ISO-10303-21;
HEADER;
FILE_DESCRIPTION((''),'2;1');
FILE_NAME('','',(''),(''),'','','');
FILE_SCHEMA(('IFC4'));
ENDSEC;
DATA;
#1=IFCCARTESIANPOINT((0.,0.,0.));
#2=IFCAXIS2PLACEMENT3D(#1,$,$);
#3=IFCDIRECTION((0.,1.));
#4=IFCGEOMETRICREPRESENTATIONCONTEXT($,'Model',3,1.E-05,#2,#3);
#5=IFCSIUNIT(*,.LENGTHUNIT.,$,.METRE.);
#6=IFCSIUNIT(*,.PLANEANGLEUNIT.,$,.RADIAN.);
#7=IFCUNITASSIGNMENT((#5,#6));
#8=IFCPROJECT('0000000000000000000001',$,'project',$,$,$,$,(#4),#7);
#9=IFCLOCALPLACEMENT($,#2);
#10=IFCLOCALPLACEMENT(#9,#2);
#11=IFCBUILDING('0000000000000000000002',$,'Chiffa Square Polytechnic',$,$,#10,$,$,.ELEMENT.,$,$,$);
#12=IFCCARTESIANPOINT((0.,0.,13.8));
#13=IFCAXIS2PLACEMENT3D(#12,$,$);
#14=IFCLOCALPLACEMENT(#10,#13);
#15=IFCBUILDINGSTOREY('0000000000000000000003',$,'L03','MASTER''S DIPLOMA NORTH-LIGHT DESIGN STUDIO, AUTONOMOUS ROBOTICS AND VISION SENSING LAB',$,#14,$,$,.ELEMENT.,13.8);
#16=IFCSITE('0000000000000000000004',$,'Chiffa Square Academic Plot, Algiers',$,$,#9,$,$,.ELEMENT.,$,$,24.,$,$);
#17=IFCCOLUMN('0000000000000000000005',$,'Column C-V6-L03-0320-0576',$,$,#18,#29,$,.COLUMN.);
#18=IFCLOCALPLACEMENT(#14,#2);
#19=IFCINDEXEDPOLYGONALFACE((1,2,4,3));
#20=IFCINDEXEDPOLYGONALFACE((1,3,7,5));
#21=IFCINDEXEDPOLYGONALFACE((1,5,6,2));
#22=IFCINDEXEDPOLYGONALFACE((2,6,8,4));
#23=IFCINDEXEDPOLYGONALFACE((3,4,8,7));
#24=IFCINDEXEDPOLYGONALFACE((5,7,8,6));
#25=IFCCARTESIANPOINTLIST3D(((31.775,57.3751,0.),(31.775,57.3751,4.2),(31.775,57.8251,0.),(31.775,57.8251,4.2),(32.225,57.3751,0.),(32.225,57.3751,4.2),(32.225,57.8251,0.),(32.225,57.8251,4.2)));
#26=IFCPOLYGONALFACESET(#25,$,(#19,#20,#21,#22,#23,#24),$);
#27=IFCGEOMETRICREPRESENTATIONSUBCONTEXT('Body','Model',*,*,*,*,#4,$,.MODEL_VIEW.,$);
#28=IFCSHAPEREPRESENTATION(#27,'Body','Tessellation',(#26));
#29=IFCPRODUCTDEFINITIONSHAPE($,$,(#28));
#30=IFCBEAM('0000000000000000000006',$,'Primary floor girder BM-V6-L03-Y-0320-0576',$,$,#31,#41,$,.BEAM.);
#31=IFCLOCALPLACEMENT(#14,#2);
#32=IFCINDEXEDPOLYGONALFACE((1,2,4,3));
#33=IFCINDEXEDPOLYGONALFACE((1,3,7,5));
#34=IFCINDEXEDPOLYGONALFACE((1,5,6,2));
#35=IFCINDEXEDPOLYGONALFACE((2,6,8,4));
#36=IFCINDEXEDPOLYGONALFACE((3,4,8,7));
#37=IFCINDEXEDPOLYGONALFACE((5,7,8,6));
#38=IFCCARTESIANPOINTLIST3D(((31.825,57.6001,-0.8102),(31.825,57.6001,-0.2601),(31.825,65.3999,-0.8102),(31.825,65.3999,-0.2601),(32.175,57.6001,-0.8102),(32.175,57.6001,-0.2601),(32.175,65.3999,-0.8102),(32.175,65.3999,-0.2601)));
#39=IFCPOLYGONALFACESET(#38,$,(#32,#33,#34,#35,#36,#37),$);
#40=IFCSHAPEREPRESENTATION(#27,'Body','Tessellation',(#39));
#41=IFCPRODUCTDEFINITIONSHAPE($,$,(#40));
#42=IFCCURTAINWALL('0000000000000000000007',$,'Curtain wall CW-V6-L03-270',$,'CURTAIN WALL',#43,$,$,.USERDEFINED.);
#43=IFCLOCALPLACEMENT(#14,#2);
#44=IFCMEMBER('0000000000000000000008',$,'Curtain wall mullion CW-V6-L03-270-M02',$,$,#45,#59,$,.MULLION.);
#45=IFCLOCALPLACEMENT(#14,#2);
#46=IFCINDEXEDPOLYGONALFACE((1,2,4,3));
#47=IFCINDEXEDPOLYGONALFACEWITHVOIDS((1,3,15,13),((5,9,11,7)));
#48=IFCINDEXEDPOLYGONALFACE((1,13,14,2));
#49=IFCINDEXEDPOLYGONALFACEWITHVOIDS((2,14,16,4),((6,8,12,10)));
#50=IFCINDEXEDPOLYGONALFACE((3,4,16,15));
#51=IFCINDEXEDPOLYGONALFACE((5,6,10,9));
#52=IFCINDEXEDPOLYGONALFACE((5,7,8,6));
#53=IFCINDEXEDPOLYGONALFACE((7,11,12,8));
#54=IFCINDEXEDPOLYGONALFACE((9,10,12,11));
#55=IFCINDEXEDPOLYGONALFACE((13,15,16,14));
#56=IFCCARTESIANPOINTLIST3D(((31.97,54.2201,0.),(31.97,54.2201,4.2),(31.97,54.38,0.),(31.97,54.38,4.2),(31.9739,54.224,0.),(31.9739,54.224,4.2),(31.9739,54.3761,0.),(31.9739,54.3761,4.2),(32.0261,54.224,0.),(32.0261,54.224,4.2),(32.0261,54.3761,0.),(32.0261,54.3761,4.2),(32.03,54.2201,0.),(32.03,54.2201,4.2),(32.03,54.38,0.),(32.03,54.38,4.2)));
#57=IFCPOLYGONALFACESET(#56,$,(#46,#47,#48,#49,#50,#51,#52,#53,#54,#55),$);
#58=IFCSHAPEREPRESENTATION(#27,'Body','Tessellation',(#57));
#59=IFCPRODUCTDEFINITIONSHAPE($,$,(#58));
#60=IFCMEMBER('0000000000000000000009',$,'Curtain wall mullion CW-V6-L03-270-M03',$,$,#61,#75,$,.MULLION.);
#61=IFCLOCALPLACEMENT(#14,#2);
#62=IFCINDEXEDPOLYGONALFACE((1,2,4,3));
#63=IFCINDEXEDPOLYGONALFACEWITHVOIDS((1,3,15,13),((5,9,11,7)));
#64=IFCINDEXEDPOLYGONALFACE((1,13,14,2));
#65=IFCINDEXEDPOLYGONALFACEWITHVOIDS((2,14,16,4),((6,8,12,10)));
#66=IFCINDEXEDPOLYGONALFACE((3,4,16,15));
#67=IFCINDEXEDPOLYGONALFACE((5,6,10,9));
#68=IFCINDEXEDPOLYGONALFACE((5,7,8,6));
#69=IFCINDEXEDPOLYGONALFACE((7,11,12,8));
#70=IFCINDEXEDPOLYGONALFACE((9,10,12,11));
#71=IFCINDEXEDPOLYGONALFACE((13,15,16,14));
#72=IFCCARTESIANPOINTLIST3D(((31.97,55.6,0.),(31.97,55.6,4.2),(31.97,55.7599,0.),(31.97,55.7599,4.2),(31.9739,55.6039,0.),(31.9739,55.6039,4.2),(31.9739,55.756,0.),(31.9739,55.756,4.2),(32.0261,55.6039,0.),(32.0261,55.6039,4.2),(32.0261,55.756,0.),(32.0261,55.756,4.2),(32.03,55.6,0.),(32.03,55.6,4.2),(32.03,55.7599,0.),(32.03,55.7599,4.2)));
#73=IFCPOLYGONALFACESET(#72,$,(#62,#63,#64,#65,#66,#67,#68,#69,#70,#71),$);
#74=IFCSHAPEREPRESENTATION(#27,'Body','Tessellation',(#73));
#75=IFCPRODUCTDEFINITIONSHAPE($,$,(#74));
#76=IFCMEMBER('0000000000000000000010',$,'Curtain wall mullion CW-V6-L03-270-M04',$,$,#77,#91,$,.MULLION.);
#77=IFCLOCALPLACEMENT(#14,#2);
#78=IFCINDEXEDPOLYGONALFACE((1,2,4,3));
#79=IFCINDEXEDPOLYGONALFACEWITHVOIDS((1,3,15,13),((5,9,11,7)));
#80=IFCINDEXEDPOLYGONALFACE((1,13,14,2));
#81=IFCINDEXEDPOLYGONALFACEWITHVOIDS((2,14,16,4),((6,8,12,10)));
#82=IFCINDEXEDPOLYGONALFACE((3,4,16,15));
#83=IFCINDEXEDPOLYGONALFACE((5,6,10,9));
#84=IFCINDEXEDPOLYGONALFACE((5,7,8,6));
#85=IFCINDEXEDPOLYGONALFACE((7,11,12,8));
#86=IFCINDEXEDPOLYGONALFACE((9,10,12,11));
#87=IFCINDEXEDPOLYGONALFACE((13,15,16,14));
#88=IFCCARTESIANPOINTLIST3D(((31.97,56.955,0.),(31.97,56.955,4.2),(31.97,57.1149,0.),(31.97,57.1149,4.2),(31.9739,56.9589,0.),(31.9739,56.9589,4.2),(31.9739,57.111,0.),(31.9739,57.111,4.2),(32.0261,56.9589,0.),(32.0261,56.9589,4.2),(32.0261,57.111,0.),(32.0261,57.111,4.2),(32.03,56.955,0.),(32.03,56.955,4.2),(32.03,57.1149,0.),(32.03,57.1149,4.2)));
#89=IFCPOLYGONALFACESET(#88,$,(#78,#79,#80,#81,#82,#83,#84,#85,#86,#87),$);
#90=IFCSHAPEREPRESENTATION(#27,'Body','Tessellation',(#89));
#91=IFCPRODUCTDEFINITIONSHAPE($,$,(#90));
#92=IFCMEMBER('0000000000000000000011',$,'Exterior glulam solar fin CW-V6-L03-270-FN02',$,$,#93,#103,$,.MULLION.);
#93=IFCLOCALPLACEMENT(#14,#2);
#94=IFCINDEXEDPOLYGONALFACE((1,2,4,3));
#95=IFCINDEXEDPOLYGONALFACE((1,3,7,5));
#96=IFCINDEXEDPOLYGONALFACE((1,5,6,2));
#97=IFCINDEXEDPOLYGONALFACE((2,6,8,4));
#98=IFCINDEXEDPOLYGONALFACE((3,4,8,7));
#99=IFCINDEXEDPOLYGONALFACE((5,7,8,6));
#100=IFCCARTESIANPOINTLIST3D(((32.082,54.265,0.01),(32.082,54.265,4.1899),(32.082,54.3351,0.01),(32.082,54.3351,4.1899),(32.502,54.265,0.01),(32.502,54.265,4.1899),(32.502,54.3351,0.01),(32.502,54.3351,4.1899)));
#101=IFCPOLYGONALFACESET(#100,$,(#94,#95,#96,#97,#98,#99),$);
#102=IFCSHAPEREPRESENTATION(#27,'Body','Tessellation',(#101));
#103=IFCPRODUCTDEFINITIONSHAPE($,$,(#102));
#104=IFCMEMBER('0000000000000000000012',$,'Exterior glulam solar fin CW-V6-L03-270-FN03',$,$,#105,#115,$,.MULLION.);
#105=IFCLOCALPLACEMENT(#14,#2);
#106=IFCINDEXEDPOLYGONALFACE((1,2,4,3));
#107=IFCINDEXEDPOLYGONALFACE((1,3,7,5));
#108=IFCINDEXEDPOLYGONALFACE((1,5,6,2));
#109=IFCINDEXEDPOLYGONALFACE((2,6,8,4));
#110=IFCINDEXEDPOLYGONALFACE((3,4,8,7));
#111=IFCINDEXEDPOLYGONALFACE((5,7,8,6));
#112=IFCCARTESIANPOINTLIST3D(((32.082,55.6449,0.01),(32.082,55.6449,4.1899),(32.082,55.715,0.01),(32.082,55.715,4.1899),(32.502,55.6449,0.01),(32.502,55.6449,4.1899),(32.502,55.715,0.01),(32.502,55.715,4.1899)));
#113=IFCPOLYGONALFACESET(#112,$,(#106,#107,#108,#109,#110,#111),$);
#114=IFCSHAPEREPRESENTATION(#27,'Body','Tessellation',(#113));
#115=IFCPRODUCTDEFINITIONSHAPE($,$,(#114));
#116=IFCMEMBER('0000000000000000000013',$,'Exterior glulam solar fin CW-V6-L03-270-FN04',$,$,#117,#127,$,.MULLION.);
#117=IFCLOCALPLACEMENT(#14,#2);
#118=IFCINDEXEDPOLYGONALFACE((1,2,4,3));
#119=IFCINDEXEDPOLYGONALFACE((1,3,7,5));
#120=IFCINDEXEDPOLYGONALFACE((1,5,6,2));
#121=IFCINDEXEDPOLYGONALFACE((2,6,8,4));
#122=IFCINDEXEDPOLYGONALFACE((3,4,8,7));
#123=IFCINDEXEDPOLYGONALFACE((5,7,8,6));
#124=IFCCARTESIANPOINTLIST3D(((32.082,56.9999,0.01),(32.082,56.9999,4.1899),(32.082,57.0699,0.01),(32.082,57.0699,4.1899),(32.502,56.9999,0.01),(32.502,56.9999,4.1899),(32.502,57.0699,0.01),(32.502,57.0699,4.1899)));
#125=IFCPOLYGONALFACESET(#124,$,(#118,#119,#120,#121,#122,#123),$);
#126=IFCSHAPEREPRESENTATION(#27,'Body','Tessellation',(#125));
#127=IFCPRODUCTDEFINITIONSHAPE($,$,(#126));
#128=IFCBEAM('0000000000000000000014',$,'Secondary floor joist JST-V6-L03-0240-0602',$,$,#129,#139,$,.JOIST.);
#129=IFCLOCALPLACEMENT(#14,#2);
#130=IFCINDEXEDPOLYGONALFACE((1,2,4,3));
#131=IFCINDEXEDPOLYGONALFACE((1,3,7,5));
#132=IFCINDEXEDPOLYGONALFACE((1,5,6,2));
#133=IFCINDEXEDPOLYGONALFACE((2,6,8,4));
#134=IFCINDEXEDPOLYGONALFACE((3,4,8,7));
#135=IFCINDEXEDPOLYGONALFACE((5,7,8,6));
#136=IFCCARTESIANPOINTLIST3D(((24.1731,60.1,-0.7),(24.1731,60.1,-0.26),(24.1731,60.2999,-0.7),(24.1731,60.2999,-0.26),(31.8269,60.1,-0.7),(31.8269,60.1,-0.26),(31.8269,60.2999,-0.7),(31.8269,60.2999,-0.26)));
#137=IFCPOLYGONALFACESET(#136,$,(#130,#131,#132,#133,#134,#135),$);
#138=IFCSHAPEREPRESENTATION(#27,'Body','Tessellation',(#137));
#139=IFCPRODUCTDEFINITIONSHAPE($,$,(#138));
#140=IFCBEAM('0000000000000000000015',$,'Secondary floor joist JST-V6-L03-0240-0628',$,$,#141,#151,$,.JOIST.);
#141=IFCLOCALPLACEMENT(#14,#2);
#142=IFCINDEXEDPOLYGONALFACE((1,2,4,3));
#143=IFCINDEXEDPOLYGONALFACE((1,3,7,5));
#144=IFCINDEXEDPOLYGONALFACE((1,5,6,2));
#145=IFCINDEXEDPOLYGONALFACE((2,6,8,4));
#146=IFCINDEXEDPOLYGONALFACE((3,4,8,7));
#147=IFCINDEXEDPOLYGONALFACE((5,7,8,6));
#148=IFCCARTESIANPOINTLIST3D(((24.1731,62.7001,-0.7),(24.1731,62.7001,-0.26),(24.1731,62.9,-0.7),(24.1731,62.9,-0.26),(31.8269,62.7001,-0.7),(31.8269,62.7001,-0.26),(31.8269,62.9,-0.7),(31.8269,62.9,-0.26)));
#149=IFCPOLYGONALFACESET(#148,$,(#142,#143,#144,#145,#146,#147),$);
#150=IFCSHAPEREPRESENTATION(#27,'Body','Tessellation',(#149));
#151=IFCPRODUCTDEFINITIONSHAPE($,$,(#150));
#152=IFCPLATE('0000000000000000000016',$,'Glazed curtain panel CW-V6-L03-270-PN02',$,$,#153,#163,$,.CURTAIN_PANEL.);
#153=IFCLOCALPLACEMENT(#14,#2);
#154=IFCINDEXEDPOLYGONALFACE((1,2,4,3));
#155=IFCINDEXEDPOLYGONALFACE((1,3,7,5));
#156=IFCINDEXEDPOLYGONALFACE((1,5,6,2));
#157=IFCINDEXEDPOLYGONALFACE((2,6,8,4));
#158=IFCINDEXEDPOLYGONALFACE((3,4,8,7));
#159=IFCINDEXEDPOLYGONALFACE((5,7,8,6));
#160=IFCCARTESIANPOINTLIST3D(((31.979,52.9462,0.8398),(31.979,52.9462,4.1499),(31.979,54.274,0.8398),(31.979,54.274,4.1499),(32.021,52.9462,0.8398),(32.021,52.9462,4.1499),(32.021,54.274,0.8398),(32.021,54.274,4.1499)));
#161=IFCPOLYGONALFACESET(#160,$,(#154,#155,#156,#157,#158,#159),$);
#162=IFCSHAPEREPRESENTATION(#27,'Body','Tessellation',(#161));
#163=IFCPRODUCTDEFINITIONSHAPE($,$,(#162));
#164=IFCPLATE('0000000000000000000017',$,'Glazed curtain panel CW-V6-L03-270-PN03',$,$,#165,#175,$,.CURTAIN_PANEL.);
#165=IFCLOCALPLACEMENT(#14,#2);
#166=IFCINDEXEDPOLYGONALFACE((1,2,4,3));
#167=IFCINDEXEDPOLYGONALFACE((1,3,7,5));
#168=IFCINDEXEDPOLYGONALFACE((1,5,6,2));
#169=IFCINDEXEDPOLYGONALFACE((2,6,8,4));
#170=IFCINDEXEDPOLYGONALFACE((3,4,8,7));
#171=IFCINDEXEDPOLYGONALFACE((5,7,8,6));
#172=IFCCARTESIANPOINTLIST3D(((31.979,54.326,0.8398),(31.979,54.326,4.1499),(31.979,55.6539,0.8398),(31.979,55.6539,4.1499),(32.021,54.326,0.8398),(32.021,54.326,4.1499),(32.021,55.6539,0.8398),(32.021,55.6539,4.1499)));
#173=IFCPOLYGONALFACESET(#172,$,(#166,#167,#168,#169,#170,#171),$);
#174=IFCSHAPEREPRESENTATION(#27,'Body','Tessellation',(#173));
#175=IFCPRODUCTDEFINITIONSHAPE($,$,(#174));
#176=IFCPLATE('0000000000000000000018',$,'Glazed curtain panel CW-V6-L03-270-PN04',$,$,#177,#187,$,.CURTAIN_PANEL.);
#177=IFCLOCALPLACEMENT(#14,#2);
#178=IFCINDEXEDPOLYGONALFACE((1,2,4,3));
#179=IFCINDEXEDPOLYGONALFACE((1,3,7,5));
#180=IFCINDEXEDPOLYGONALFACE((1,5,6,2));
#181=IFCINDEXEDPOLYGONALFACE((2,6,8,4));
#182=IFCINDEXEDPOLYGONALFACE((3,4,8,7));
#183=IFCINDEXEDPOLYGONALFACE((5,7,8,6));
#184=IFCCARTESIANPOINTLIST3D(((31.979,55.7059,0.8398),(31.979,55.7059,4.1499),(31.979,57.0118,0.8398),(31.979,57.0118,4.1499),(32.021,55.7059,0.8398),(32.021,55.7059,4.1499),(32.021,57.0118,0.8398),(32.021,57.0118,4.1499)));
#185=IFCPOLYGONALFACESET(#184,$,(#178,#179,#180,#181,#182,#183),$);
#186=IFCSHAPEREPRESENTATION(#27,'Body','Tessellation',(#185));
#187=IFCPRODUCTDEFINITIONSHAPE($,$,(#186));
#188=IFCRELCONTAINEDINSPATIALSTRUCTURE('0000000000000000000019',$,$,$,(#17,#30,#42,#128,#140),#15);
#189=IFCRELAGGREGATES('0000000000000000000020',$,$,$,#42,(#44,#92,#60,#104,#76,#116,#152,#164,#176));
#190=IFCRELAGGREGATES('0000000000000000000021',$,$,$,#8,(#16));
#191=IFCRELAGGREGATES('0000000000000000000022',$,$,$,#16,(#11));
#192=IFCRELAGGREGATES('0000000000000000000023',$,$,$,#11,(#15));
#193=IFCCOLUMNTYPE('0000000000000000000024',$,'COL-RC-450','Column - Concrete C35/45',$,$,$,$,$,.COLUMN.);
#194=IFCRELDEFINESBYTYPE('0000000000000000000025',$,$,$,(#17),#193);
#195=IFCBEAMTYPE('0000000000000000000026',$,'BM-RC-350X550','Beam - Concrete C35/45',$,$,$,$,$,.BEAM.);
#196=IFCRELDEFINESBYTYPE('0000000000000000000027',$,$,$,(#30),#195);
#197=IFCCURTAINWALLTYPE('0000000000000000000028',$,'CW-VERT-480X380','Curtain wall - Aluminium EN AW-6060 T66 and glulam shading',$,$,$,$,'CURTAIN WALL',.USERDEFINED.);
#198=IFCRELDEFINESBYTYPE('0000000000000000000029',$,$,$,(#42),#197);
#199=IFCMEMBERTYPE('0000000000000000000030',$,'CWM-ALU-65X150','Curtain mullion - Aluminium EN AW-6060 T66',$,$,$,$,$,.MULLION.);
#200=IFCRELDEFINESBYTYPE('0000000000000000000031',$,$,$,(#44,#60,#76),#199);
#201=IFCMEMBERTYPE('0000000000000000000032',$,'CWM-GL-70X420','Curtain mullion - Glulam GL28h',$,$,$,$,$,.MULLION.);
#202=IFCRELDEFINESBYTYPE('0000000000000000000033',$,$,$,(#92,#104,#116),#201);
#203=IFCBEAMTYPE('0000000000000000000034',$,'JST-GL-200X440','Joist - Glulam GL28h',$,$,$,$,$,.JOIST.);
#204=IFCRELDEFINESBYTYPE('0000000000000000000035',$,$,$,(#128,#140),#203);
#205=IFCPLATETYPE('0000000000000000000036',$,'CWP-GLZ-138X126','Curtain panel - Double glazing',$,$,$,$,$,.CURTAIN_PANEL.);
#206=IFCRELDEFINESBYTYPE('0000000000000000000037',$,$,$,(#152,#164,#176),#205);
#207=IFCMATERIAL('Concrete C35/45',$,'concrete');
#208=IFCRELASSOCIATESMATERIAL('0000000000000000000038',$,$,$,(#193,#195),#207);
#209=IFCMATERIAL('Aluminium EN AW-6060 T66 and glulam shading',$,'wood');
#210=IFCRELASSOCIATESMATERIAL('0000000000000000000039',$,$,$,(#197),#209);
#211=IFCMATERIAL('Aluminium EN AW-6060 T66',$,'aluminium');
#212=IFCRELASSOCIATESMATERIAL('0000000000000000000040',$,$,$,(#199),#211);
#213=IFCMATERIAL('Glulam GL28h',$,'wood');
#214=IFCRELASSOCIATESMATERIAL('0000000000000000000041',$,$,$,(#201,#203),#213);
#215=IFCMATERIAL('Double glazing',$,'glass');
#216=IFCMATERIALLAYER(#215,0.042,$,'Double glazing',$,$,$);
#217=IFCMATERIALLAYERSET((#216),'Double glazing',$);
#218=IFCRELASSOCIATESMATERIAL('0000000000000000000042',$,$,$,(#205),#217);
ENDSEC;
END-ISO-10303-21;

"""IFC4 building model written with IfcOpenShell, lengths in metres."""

from ifc_helpers import new_model, si_unit, direction, frame, origin, origin_2d, place, context, subcontext, project, spatial, rectangle, hollow_rectangle, extrude, material, layer, layer_set, material_profile, profile_set, type_object, element, aggregate, save


model = new_model("IFC4")

# Units and contexts
model_context = context("Model", 3, precision=1e-05, world=origin(), true_north=direction((0.0, 1.0)))
body_context = subcontext(model_context, "Body", "Model", "MODEL_VIEW")
ifc_project = project(units=[si_unit("LENGTHUNIT", "METRE"), si_unit("PLANEANGLEUNIT", "RADIAN")], contexts=[model_context])

# Site, building, storey
site_placement = place(None, origin())
site = spatial("IfcSite", under=ifc_project, at=site_placement, Name="Chiffa Square Academic Plot, Algiers", CompositionType="ELEMENT", RefElevation=24.0)
building_placement = place(site_placement, origin())
building = spatial("IfcBuilding", under=site, at=building_placement, Name="Chiffa Square Polytechnic", CompositionType="ELEMENT")
storey_placement = place(building_placement, frame((0.0, 0.0, 13.8)))
storey = spatial("IfcBuildingStorey", under=building, at=storey_placement, Name="L03", Description="MASTER'S DIPLOMA NORTH-LIGHT DESIGN STUDIO, AUTONOMOUS ROBOTICS AND VISION SENSING LAB", CompositionType="ELEMENT", Elevation=13.8)

# Column
ifc_material_1 = material(Name="Concrete C35/45", Category="concrete")
ifc_material_profile_1 = material_profile(ifc_material_1, rectangle(XDim=0.45, YDim=0.45, at=origin_2d()), Name="RC 450x450")
ifc_profile_set_1 = profile_set([ifc_material_profile_1], Name="Concrete C35/45")
column_type = type_object("IfcColumnType", Name="COL-RC-450", Description="Column - Concrete C35/45", PredefinedType="COLUMN", material=ifc_profile_set_1)
column_placement = place(storey_placement, frame((32.0, 57.6001, 0.0), z_axis=(0.0, 0.0, 1.0), x_axis=(1.0, 0.0, 0.0)))
element("IfcColumn", 1, at=column_placement, inside=storey, type_object=column_type, Name="Column C-V6-L03-0320-0576", PredefinedType="COLUMN", context=body_context, shape_type="SweptSolid", body=[
    extrude(rectangle(XDim=0.45, YDim=0.45, at=origin_2d()), origin(), (0.0, 0.0, 1.0), 4.2),
])

# Beam
ifc_material_profile_2 = material_profile(ifc_material_1, rectangle(XDim=0.3501, YDim=0.55, at=origin_2d()), Name="RC 350x550")
ifc_profile_set_2 = profile_set([ifc_material_profile_2], Name="Concrete C35/45")
beam_type_1 = type_object("IfcBeamType", Name="BM-RC-350X550", Description="Beam - Concrete C35/45", PredefinedType="BEAM", material=ifc_profile_set_2)
beam_placement = place(storey_placement, frame((32.0, 57.6001, -0.5352), z_axis=(0.0, 1.0, 0.0), x_axis=(-1.0, 0.0, 0.0)))
element("IfcBeam", 2, at=beam_placement, inside=storey, type_object=beam_type_1, Name="Primary floor girder BM-V6-L03-Y-0320-0576", PredefinedType="BEAM", context=body_context, shape_type="SweptSolid", body=[
    extrude(rectangle(XDim=0.3501, YDim=0.55, at=origin_2d()), origin(), (0.0, 0.0, 1.0), 7.7998),
])

# Curtain wall, members
ifc_material_2 = material(Name="Aluminium EN AW-6060 T66 and glulam shading", Category="wood")
curtain_wall_type = type_object("IfcCurtainWallType", Name="CW-VERT-480X380", Description="Curtain wall - Aluminium EN AW-6060 T66 and glulam shading", ElementType="CURTAIN WALL", PredefinedType="USERDEFINED", material=ifc_material_2)
curtain_wall_placement = place(storey_placement, origin())
curtain_wall = element("IfcCurtainWall", 3, at=curtain_wall_placement, inside=storey, type_object=curtain_wall_type, Name="Curtain wall CW-V6-L03-270", ObjectType="CURTAIN WALL", PredefinedType="USERDEFINED")
ifc_material_3 = material(Name="Aluminium EN AW-6060 T66", Category="aluminium")
ifc_material_profile_3 = material_profile(ifc_material_3, hollow_rectangle(XDim=0.0601, YDim=0.1599, WallThickness=0.0039, at=origin_2d()), Name="ALU 60x160x4")
ifc_profile_set_3 = profile_set([ifc_material_profile_3], Name="Aluminium EN AW-6060 T66")
member_type_1 = type_object("IfcMemberType", Name="CWM-ALU-65X150", Description="Curtain mullion - Aluminium EN AW-6060 T66", PredefinedType="MULLION", material=ifc_profile_set_3)
member_1_placement = place(storey_placement, frame((32.0, 54.3, 0.0), z_axis=(0.0, 0.0, 1.0), x_axis=(1.0, 0.0, 0.0)))
member_1 = element("IfcMember", 4, at=member_1_placement, type_object=member_type_1, Name="Curtain wall mullion CW-V6-L03-270-M02", PredefinedType="MULLION", context=body_context, shape_type="SweptSolid", body=[
    extrude(hollow_rectangle(XDim=0.0601, YDim=0.1599, WallThickness=0.0039, at=origin_2d()), origin(), (0.0, 0.0, 1.0), 4.2),
])
member_2_placement = place(storey_placement, frame((32.0, 55.6799, 0.0), z_axis=(0.0, 0.0, 1.0), x_axis=(1.0, 0.0, 0.0)))
member_2 = element("IfcMember", 5, at=member_2_placement, type_object=member_type_1, Name="Curtain wall mullion CW-V6-L03-270-M03", PredefinedType="MULLION", context=body_context, shape_type="SweptSolid", body=[
    extrude(hollow_rectangle(XDim=0.0601, YDim=0.1599, WallThickness=0.0039, at=origin_2d()), origin(), (0.0, 0.0, 1.0), 4.2),
])
member_3_placement = place(storey_placement, frame((32.0, 57.0349, 0.0), z_axis=(0.0, 0.0, 1.0), x_axis=(1.0, 0.0, 0.0)))
member_3 = element("IfcMember", 6, at=member_3_placement, type_object=member_type_1, Name="Curtain wall mullion CW-V6-L03-270-M04", PredefinedType="MULLION", context=body_context, shape_type="SweptSolid", body=[
    extrude(hollow_rectangle(XDim=0.0601, YDim=0.1599, WallThickness=0.0039, at=origin_2d()), origin(), (0.0, 0.0, 1.0), 4.2),
])
ifc_material_4 = material(Name="Glulam GL28h", Category="wood")
ifc_material_profile_4 = material_profile(ifc_material_4, rectangle(XDim=0.0701, YDim=0.4199, at=origin_2d()), Name="GL28h 70x420")
ifc_profile_set_4 = profile_set([ifc_material_profile_4], Name="Glulam GL28h")
member_type_2 = type_object("IfcMemberType", Name="CWM-GL-70X420", Description="Curtain mullion - Glulam GL28h", PredefinedType="MULLION", material=ifc_profile_set_4)
member_4_placement = place(storey_placement, frame((32.292, 54.3, 0.01), z_axis=(0.0, 0.0, 1.0), x_axis=(0.0, 1.0, 0.0)))
member_4 = element("IfcMember", 7, at=member_4_placement, type_object=member_type_2, Name="Exterior glulam solar fin CW-V6-L03-270-FN02", PredefinedType="MULLION", context=body_context, shape_type="SweptSolid", body=[
    extrude(rectangle(XDim=0.0701, YDim=0.4199, at=origin_2d()), origin(), (0.0, 0.0, 1.0), 4.1799),
])
member_5_placement = place(storey_placement, frame((32.292, 55.6799, 0.01), z_axis=(0.0, 0.0, 1.0), x_axis=(0.0, 1.0, 0.0)))
member_5 = element("IfcMember", 8, at=member_5_placement, type_object=member_type_2, Name="Exterior glulam solar fin CW-V6-L03-270-FN03", PredefinedType="MULLION", context=body_context, shape_type="SweptSolid", body=[
    extrude(rectangle(XDim=0.0701, YDim=0.4199, at=origin_2d()), origin(), (0.0, 0.0, 1.0), 4.1799),
])
member_6_placement = place(storey_placement, frame((32.292, 57.0349, 0.01), z_axis=(0.0, 0.0, 1.0), x_axis=(0.0, 1.0, 0.0)))
member_6 = element("IfcMember", 9, at=member_6_placement, type_object=member_type_2, Name="Exterior glulam solar fin CW-V6-L03-270-FN04", PredefinedType="MULLION", context=body_context, shape_type="SweptSolid", body=[
    extrude(rectangle(XDim=0.0701, YDim=0.4199, at=origin_2d()), origin(), (0.0, 0.0, 1.0), 4.1799),
])

# Beams
ifc_material_profile_5 = material_profile(ifc_material_4, rectangle(XDim=0.2, YDim=0.4399, at=origin_2d()), Name="GL28h 200x440")
ifc_profile_set_5 = profile_set([ifc_material_profile_5], Name="Glulam GL28h")
beam_type_2 = type_object("IfcBeamType", Name="JST-GL-200X440", Description="Joist - Glulam GL28h", PredefinedType="JOIST", material=ifc_profile_set_5)
for number, where, z_axis, x_axis, name in (
    (10, (24.1731, 60.2, -0.48), (1.0, 0.0, 0.0), (0.0, 1.0, 0.0), "Secondary floor joist JST-V6-L03-0240-0602"),
    (11, (24.1731, 62.8, -0.48), (1.0, 0.0, 0.0), (0.0, 1.0, 0.0), "Secondary floor joist JST-V6-L03-0240-0628"),
):
    element("IfcBeam", number, at=place(storey_placement, frame(where, z_axis=z_axis, x_axis=x_axis)), inside=storey, type_object=beam_type_2, Name=name, PredefinedType="JOIST", context=body_context, shape_type="SweptSolid", body=[
        extrude(rectangle(XDim=0.2, YDim=0.4399, at=origin_2d()), origin(), (0.0, 0.0, 1.0), 7.6538),
    ])

# Plates
ifc_material_5 = material(Name="Double glazing", Category="glass")
ifc_layer_1 = layer(ifc_material_5, 0.042, Name="Double glazing")
ifc_layer_set_1 = layer_set([ifc_layer_1], Name="Double glazing")
plate_type_1 = type_object("IfcPlateType", Name="CWP-GLZ-138X126", Description="Curtain panel - Double glazing", PredefinedType="CURTAIN_PANEL", material=ifc_layer_set_1)
plate_1_placement = place(storey_placement, frame((32.0, 53.6101, 0.8398), z_axis=(0.0, 0.0, 1.0), x_axis=(0.0, 1.0, 0.0)))
plate_1 = element("IfcPlate", 12, at=plate_1_placement, type_object=plate_type_1, Name="Glazed curtain panel CW-V6-L03-270-PN02", PredefinedType="CURTAIN_PANEL", context=body_context, shape_type="SweptSolid", body=[
    extrude(rectangle(XDim=1.3279, YDim=0.042, at=origin_2d()), origin(), (0.0, 0.0, 1.0), 3.3101),
])
plate_2_placement = place(storey_placement, frame((32.0, 54.99, 0.8398), z_axis=(0.0, 0.0, 1.0), x_axis=(0.0, 1.0, 0.0)))
plate_2 = element("IfcPlate", 13, at=plate_2_placement, type_object=plate_type_1, Name="Glazed curtain panel CW-V6-L03-270-PN03", PredefinedType="CURTAIN_PANEL", context=body_context, shape_type="SweptSolid", body=[
    extrude(rectangle(XDim=1.3279, YDim=0.042, at=origin_2d()), origin(), (0.0, 0.0, 1.0), 3.3101),
])
plate_3_placement = place(storey_placement, frame((32.0, 56.3589, 0.8398), z_axis=(0.0, 0.0, 1.0), x_axis=(0.0, 1.0, 0.0)))
plate_3 = element("IfcPlate", 14, at=plate_3_placement, type_object=plate_type_1, Name="Glazed curtain panel CW-V6-L03-270-PN04", PredefinedType="CURTAIN_PANEL", context=body_context, shape_type="SweptSolid", body=[
    extrude(rectangle(XDim=1.3059, YDim=0.042, at=origin_2d()), origin(), (0.0, 0.0, 1.0), 3.3101),
])
aggregate(curtain_wall, [member_1, member_4, member_2, member_5, member_3, member_6, plate_1, plate_2, plate_3])

save(model, "model.ifc")
